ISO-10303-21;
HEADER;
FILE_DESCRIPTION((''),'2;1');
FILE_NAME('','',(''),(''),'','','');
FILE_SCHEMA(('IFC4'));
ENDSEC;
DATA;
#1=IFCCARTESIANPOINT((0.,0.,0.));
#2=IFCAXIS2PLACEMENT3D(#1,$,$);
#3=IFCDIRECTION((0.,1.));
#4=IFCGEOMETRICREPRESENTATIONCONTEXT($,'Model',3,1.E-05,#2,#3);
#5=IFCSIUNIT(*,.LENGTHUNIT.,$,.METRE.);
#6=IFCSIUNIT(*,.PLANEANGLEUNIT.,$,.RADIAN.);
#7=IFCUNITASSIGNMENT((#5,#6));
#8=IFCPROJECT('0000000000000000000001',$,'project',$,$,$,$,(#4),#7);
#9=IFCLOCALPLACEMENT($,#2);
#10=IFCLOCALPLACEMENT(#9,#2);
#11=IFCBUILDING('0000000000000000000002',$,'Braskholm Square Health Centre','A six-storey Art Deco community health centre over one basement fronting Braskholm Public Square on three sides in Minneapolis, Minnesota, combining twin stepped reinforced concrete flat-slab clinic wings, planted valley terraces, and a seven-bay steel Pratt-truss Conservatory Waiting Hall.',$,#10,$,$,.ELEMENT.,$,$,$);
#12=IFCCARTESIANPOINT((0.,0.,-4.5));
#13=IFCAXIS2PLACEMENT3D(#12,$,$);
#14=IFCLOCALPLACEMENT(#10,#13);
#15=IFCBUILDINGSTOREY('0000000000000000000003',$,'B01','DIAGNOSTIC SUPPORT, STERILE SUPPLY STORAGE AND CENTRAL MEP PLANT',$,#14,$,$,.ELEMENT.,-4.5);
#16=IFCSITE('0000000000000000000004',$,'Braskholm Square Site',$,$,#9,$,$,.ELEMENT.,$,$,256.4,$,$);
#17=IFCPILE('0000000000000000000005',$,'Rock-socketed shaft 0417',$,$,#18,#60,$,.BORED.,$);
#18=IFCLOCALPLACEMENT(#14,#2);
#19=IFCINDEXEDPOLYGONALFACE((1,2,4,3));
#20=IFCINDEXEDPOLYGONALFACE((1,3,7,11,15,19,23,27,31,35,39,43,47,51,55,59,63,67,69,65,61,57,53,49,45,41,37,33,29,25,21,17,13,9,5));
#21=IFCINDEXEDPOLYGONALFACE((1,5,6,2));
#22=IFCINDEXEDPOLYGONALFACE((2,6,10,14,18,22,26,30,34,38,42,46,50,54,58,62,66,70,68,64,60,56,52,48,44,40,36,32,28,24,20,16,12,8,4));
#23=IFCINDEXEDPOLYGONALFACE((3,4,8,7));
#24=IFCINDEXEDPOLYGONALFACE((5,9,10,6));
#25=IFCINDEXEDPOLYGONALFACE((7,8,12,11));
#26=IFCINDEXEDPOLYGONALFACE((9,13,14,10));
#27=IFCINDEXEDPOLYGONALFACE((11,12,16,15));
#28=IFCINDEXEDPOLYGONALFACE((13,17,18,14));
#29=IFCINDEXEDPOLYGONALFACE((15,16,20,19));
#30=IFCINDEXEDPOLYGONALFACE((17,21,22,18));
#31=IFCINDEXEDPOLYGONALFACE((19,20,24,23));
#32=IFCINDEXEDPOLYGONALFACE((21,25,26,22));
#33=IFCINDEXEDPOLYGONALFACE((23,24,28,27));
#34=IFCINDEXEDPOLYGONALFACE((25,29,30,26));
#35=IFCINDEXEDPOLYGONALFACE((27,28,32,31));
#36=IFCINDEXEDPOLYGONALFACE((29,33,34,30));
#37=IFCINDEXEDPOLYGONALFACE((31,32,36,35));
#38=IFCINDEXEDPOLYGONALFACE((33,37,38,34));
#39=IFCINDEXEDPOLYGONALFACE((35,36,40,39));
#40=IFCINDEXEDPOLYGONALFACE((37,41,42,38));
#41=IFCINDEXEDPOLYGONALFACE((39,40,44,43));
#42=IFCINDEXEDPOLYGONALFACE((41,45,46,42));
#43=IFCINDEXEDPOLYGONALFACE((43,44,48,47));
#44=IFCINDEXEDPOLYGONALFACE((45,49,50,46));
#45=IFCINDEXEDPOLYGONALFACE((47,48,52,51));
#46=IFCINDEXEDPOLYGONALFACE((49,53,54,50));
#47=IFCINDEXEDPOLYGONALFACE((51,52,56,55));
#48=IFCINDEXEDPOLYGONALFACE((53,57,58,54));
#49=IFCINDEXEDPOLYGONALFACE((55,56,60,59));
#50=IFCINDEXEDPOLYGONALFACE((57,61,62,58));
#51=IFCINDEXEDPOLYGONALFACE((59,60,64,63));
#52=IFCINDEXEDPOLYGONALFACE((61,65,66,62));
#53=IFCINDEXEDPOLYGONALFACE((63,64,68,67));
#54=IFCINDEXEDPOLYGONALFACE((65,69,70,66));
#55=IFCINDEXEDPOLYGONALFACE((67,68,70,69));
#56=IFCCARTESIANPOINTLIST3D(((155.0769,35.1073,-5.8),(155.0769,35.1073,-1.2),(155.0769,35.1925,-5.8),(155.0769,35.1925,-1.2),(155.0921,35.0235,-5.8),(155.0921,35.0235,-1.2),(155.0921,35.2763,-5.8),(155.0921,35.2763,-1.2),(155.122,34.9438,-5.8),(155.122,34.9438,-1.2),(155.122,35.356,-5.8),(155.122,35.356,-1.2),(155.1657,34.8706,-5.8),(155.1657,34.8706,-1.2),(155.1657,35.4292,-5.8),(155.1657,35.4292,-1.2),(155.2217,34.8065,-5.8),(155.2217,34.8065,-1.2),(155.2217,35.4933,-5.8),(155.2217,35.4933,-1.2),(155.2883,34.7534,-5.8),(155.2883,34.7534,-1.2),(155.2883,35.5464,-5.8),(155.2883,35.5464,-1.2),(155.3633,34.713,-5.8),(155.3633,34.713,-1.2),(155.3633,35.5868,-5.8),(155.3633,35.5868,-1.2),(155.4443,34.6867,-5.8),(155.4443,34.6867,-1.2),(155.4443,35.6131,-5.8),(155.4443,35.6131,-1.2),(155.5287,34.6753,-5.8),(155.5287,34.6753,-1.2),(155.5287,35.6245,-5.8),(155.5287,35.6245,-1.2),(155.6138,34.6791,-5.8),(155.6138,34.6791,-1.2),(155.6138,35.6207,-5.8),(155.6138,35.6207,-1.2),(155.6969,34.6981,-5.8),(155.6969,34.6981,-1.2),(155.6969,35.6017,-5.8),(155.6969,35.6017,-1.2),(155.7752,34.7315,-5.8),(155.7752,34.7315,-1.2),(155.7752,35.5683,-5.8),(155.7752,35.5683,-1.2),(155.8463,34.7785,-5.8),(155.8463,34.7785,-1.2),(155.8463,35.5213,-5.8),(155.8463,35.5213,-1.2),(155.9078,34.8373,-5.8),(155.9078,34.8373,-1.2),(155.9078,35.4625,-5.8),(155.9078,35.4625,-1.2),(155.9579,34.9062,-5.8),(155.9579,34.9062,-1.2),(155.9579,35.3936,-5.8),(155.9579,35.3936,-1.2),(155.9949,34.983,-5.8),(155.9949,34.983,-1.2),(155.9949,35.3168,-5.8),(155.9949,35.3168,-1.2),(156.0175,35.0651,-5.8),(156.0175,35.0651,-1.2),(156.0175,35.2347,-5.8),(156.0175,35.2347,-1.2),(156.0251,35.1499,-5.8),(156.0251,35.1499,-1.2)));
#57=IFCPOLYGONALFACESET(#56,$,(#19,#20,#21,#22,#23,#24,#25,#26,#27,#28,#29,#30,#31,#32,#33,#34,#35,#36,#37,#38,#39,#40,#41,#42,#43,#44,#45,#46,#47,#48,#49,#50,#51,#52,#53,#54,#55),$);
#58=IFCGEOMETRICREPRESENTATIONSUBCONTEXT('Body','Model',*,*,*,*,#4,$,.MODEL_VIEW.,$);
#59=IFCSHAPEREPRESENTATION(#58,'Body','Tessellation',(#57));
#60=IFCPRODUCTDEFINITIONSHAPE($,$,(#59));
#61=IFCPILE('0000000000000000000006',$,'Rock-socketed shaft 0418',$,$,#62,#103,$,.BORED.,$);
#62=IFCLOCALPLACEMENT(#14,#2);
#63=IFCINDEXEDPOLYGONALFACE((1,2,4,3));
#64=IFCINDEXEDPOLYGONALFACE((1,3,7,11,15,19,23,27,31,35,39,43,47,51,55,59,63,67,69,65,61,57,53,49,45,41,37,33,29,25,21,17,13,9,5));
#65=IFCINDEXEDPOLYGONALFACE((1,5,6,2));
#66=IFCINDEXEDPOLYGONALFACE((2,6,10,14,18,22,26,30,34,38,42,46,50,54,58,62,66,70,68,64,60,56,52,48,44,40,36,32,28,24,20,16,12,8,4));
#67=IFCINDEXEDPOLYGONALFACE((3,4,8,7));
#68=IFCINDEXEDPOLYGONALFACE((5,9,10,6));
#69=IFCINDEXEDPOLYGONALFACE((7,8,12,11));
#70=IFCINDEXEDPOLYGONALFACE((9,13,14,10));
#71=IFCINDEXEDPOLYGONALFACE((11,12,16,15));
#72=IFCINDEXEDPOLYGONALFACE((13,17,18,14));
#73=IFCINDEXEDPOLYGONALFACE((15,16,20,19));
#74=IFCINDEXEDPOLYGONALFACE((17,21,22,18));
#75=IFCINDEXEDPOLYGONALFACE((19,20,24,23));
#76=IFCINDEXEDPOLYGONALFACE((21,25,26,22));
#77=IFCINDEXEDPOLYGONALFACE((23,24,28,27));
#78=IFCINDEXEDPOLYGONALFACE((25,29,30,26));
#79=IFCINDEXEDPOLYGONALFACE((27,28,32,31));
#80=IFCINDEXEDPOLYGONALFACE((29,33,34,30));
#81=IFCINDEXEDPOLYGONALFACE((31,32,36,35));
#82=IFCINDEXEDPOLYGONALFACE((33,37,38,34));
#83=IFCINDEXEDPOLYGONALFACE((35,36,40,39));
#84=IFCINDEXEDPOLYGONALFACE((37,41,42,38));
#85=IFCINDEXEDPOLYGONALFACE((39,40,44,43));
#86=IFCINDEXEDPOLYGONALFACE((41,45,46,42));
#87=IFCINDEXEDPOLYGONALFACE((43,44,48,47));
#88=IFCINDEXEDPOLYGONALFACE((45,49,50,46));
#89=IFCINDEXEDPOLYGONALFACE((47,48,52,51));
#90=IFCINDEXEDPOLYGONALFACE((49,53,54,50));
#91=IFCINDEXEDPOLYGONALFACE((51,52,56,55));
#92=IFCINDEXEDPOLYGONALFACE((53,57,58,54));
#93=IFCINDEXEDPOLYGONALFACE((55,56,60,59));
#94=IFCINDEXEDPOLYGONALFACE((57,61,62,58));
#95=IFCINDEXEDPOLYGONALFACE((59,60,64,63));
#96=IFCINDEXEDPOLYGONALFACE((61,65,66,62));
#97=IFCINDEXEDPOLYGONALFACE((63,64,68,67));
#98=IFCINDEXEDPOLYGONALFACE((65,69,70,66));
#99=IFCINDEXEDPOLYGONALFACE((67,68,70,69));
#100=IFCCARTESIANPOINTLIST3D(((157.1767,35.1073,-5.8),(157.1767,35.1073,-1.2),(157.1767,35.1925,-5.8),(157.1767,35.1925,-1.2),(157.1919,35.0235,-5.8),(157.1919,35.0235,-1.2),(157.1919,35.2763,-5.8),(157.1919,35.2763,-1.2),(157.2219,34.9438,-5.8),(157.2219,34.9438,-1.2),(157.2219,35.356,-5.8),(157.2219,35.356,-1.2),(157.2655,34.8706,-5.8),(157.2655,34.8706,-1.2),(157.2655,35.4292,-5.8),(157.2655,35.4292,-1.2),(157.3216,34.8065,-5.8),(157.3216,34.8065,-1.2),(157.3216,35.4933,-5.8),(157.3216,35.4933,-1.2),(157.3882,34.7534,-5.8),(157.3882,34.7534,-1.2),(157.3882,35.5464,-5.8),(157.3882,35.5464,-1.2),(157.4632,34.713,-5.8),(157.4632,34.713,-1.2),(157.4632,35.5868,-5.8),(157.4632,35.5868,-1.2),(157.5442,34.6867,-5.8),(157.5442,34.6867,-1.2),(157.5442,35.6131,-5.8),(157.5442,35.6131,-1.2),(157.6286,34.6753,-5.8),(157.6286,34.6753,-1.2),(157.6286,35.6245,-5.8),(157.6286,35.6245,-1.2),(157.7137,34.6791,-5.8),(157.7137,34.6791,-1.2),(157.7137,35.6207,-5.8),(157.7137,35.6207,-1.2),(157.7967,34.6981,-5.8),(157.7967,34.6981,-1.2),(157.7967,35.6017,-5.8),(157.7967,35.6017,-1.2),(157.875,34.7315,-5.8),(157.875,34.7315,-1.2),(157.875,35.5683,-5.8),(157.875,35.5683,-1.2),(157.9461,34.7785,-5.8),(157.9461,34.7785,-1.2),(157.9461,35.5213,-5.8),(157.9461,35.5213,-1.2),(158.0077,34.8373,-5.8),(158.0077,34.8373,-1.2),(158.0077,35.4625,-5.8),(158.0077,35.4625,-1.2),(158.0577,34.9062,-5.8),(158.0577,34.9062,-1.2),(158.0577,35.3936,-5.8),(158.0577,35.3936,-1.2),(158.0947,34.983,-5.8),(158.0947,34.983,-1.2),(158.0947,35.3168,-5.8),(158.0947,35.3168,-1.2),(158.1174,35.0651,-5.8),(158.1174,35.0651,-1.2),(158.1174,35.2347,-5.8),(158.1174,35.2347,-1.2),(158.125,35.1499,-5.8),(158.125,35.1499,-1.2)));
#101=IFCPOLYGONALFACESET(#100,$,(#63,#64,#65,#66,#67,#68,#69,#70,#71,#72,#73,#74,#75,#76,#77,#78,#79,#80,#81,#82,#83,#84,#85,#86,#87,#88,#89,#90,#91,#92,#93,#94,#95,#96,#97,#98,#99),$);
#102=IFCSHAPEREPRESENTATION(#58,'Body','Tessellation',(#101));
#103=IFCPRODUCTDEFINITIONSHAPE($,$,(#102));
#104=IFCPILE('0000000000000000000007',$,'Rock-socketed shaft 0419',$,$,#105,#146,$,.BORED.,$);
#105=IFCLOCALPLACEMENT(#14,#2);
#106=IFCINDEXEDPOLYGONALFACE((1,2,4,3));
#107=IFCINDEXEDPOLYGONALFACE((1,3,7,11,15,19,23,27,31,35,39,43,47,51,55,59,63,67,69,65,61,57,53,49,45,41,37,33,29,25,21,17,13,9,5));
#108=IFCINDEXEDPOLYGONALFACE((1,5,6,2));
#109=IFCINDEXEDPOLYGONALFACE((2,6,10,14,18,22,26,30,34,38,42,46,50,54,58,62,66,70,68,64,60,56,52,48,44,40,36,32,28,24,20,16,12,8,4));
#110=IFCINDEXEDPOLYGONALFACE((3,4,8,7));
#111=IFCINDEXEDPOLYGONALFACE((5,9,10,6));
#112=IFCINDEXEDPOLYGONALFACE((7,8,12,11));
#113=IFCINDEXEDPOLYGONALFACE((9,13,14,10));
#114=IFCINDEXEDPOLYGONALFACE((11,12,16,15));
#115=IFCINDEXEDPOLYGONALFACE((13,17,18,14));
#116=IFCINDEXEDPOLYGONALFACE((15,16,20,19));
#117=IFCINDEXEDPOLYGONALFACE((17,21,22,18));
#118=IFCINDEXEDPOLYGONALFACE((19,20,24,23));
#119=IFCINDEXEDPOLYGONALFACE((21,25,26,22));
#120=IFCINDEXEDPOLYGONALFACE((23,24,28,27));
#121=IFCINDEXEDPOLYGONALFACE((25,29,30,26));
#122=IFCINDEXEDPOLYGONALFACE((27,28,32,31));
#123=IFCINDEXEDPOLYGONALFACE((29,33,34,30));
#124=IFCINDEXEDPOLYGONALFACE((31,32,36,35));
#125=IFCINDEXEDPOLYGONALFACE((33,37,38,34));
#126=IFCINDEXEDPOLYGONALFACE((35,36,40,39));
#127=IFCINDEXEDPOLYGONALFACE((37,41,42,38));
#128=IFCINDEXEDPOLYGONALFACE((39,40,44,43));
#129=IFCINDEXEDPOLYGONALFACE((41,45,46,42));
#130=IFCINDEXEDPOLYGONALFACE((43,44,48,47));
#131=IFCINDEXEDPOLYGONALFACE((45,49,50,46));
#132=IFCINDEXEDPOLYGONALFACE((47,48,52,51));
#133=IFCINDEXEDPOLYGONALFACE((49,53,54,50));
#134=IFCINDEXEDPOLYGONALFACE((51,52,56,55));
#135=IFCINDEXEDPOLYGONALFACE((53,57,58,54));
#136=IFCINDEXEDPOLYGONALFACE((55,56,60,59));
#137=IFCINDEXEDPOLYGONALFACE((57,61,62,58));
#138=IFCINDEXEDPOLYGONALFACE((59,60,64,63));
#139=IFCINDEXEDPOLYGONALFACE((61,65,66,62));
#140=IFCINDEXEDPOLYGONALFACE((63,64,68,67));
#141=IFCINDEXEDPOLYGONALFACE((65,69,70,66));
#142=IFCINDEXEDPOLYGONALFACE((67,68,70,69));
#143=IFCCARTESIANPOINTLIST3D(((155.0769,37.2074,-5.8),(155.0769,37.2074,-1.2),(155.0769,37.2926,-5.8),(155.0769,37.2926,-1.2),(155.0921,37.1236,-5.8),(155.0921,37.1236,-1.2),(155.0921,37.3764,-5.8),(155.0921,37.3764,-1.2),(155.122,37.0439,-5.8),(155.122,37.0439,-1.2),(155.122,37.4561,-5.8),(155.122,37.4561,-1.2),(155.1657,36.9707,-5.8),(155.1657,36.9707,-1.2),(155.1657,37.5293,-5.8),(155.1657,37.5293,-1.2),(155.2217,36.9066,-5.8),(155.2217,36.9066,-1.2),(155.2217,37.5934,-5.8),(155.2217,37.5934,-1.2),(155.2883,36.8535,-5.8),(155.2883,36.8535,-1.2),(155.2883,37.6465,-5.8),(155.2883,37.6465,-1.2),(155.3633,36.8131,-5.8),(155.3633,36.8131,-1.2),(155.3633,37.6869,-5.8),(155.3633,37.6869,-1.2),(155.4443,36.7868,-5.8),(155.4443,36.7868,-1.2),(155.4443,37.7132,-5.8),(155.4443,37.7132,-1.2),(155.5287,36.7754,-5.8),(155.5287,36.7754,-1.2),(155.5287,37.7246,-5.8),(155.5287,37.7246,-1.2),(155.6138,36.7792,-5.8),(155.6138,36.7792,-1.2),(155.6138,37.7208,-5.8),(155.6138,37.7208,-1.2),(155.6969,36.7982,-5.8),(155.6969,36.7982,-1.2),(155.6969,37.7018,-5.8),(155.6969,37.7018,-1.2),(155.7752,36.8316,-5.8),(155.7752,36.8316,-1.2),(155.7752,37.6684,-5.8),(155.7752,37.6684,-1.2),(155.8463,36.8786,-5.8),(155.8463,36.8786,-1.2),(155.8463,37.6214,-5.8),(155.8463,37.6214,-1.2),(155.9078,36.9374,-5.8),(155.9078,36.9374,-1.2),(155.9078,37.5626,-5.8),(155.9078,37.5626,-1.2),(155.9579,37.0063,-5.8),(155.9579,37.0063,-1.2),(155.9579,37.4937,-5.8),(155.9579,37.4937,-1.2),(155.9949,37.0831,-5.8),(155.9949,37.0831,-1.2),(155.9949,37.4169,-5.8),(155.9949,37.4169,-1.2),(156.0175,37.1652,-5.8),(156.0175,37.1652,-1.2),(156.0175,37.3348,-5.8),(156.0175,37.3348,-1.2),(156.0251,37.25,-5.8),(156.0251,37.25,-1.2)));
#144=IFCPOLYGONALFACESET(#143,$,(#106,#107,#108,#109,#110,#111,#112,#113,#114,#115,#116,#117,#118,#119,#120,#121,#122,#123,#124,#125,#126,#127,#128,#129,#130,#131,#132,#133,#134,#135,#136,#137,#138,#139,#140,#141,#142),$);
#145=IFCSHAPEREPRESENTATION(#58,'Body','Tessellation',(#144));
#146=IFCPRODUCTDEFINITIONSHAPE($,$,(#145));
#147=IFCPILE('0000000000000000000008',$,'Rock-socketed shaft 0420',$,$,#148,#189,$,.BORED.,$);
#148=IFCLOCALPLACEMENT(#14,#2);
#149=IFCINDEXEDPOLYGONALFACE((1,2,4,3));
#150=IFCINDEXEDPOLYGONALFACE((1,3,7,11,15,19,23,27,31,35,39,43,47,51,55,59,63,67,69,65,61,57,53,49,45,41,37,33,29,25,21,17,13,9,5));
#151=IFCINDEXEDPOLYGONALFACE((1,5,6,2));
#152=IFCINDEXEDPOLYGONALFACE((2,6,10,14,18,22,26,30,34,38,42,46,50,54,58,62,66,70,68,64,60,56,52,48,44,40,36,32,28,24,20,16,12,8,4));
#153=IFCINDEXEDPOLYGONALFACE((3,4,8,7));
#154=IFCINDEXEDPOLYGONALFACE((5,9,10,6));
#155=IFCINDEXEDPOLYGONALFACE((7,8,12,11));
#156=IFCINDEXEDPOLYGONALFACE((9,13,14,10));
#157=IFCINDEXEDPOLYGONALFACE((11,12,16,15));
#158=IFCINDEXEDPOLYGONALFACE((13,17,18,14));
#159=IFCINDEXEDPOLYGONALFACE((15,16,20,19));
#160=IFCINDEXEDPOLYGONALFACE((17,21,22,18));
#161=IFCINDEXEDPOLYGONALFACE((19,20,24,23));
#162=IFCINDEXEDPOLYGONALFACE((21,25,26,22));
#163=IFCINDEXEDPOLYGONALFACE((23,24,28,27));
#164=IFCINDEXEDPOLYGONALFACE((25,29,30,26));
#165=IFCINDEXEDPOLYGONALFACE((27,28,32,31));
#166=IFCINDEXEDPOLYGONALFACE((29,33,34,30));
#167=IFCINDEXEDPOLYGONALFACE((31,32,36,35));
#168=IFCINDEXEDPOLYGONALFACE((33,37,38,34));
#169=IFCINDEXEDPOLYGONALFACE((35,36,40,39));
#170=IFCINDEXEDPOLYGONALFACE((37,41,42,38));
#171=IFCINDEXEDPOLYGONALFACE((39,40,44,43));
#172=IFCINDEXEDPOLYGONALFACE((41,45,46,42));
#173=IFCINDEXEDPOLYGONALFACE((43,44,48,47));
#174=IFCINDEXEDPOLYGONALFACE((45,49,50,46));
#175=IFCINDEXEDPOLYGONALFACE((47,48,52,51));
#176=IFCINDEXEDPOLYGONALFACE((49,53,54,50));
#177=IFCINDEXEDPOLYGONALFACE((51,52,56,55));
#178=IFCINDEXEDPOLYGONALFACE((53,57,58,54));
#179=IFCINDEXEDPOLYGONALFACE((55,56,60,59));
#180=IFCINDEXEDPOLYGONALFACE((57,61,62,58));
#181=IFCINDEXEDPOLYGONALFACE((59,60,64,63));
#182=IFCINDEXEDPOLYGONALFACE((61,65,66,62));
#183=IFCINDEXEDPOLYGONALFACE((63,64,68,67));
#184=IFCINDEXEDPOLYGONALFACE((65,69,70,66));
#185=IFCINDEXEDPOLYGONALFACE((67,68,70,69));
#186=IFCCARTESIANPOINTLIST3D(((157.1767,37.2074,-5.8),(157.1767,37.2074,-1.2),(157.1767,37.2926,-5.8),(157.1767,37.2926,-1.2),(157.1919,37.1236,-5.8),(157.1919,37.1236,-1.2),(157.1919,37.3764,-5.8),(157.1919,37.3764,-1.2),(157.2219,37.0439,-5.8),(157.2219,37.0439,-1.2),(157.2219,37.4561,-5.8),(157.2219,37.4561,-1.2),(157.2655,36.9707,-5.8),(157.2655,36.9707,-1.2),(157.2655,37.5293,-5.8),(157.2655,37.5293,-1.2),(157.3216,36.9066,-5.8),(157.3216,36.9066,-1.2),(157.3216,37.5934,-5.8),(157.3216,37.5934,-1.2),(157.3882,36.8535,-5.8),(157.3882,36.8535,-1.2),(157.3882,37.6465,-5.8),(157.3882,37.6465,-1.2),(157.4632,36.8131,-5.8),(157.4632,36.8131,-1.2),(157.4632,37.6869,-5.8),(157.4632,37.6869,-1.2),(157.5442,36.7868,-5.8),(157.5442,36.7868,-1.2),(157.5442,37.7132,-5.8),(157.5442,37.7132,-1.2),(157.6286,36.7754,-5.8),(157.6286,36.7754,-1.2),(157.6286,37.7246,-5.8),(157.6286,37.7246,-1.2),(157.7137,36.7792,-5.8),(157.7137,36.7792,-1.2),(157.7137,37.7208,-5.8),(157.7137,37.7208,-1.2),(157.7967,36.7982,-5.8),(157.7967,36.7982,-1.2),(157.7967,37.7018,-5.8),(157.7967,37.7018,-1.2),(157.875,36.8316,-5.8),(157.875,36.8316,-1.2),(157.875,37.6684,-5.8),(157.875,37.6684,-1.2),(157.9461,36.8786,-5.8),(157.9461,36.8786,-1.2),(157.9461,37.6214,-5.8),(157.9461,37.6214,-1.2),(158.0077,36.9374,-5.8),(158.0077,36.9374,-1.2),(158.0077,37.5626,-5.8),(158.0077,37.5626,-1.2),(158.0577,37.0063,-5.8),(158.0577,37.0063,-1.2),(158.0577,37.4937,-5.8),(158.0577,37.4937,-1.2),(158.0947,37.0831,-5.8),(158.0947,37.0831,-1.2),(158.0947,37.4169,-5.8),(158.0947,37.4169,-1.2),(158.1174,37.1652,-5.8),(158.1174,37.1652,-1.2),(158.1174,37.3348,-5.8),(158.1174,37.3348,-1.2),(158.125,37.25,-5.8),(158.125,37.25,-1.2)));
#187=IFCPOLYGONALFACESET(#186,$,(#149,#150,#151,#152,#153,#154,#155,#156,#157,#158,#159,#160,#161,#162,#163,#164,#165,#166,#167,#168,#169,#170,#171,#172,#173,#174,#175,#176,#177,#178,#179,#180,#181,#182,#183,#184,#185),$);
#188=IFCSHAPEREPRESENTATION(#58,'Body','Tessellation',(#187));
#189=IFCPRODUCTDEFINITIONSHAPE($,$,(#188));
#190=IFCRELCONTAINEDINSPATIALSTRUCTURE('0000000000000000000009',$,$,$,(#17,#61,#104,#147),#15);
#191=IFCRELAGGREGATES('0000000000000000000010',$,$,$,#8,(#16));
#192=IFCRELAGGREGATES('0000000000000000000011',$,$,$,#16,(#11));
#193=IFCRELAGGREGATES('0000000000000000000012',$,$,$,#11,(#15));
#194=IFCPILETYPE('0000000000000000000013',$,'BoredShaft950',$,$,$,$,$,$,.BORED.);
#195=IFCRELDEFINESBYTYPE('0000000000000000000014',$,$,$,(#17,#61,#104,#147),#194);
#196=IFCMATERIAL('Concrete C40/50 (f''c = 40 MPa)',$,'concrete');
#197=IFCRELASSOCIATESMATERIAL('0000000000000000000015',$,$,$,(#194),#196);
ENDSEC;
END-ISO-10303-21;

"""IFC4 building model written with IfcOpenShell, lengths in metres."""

from ifc_helpers import new_model, si_unit, direction, frame, origin, origin_2d, place, context, subcontext, project, spatial, circle, extrude, material, material_profile, profile_set, type_object, element, save


model = new_model("IFC4")

# Units and contexts
model_context = context("Model", 3, precision=1e-05, world=origin(), true_north=direction((0.0, 1.0)))
body_context = subcontext(model_context, "Body", "Model", "MODEL_VIEW")
ifc_project = project(units=[si_unit("LENGTHUNIT", "METRE"), si_unit("PLANEANGLEUNIT", "RADIAN")], contexts=[model_context])

# Site, building, storey
site_placement = place(None, origin())
site = spatial("IfcSite", under=ifc_project, at=site_placement, Name="Braskholm Square Site", CompositionType="ELEMENT", RefElevation=256.4)
building_placement = place(site_placement, origin())
building = spatial("IfcBuilding", under=site, at=building_placement, Name="Braskholm Square Health Centre", Description="A six-storey Art Deco community health centre over one basement fronting Braskholm Public Square on three sides in Minneapolis, Minnesota, combining twin stepped reinforced concrete flat-slab clinic wings, planted valley terraces, and a seven-bay steel Pratt-truss Conservatory Waiting Hall.", CompositionType="ELEMENT")
storey_placement = place(building_placement, frame((0.0, 0.0, -4.5)))
storey = spatial("IfcBuildingStorey", under=building, at=storey_placement, Name="B01", Description="DIAGNOSTIC SUPPORT, STERILE SUPPLY STORAGE AND CENTRAL MEP PLANT", CompositionType="ELEMENT", Elevation=-4.5)

# Piles
ifc_material_1 = material(Name="Concrete C40/50 (f'c = 40 MPa)", Category="concrete")
ifc_material_profile_1 = material_profile(ifc_material_1, circle(Radius=0.4751, at=origin_2d()), Name="BORED-PILE-950")
ifc_profile_set_1 = profile_set([ifc_material_profile_1], Name="Concrete C40/50 (f'c = 40 MPa)")
pile_type_1 = type_object("IfcPileType", Name="BoredShaft950", PredefinedType="BORED", material=ifc_profile_set_1)
for number, where, z_axis, x_axis, name in (
    (1, (155.55, 35.1499, -1.2), (0.0, 0.0, -1.0), (1.0, 0.0, 0.0), "Rock-socketed shaft 0417"),
    (2, (157.6499, 35.1499, -1.2), (0.0, 0.0, -1.0), (1.0, 0.0, 0.0), "Rock-socketed shaft 0418"),
    (3, (155.55, 37.25, -1.2), (0.0, 0.0, -1.0), (1.0, 0.0, 0.0), "Rock-socketed shaft 0419"),
    (4, (157.6499, 37.25, -1.2), (0.0, 0.0, -1.0), (1.0, 0.0, 0.0), "Rock-socketed shaft 0420"),
):
    element("IfcPile", number, at=place(storey_placement, frame(where, z_axis=z_axis, x_axis=x_axis)), inside=storey, type_object=pile_type_1, Name=name, PredefinedType="BORED", context=body_context, shape_type="SweptSolid", body=[
        extrude(circle(Radius=0.4751, at=origin_2d()), origin(), (0.0, 0.0, 1.0), 4.6001),
    ])

save(model, "model.ifc")
